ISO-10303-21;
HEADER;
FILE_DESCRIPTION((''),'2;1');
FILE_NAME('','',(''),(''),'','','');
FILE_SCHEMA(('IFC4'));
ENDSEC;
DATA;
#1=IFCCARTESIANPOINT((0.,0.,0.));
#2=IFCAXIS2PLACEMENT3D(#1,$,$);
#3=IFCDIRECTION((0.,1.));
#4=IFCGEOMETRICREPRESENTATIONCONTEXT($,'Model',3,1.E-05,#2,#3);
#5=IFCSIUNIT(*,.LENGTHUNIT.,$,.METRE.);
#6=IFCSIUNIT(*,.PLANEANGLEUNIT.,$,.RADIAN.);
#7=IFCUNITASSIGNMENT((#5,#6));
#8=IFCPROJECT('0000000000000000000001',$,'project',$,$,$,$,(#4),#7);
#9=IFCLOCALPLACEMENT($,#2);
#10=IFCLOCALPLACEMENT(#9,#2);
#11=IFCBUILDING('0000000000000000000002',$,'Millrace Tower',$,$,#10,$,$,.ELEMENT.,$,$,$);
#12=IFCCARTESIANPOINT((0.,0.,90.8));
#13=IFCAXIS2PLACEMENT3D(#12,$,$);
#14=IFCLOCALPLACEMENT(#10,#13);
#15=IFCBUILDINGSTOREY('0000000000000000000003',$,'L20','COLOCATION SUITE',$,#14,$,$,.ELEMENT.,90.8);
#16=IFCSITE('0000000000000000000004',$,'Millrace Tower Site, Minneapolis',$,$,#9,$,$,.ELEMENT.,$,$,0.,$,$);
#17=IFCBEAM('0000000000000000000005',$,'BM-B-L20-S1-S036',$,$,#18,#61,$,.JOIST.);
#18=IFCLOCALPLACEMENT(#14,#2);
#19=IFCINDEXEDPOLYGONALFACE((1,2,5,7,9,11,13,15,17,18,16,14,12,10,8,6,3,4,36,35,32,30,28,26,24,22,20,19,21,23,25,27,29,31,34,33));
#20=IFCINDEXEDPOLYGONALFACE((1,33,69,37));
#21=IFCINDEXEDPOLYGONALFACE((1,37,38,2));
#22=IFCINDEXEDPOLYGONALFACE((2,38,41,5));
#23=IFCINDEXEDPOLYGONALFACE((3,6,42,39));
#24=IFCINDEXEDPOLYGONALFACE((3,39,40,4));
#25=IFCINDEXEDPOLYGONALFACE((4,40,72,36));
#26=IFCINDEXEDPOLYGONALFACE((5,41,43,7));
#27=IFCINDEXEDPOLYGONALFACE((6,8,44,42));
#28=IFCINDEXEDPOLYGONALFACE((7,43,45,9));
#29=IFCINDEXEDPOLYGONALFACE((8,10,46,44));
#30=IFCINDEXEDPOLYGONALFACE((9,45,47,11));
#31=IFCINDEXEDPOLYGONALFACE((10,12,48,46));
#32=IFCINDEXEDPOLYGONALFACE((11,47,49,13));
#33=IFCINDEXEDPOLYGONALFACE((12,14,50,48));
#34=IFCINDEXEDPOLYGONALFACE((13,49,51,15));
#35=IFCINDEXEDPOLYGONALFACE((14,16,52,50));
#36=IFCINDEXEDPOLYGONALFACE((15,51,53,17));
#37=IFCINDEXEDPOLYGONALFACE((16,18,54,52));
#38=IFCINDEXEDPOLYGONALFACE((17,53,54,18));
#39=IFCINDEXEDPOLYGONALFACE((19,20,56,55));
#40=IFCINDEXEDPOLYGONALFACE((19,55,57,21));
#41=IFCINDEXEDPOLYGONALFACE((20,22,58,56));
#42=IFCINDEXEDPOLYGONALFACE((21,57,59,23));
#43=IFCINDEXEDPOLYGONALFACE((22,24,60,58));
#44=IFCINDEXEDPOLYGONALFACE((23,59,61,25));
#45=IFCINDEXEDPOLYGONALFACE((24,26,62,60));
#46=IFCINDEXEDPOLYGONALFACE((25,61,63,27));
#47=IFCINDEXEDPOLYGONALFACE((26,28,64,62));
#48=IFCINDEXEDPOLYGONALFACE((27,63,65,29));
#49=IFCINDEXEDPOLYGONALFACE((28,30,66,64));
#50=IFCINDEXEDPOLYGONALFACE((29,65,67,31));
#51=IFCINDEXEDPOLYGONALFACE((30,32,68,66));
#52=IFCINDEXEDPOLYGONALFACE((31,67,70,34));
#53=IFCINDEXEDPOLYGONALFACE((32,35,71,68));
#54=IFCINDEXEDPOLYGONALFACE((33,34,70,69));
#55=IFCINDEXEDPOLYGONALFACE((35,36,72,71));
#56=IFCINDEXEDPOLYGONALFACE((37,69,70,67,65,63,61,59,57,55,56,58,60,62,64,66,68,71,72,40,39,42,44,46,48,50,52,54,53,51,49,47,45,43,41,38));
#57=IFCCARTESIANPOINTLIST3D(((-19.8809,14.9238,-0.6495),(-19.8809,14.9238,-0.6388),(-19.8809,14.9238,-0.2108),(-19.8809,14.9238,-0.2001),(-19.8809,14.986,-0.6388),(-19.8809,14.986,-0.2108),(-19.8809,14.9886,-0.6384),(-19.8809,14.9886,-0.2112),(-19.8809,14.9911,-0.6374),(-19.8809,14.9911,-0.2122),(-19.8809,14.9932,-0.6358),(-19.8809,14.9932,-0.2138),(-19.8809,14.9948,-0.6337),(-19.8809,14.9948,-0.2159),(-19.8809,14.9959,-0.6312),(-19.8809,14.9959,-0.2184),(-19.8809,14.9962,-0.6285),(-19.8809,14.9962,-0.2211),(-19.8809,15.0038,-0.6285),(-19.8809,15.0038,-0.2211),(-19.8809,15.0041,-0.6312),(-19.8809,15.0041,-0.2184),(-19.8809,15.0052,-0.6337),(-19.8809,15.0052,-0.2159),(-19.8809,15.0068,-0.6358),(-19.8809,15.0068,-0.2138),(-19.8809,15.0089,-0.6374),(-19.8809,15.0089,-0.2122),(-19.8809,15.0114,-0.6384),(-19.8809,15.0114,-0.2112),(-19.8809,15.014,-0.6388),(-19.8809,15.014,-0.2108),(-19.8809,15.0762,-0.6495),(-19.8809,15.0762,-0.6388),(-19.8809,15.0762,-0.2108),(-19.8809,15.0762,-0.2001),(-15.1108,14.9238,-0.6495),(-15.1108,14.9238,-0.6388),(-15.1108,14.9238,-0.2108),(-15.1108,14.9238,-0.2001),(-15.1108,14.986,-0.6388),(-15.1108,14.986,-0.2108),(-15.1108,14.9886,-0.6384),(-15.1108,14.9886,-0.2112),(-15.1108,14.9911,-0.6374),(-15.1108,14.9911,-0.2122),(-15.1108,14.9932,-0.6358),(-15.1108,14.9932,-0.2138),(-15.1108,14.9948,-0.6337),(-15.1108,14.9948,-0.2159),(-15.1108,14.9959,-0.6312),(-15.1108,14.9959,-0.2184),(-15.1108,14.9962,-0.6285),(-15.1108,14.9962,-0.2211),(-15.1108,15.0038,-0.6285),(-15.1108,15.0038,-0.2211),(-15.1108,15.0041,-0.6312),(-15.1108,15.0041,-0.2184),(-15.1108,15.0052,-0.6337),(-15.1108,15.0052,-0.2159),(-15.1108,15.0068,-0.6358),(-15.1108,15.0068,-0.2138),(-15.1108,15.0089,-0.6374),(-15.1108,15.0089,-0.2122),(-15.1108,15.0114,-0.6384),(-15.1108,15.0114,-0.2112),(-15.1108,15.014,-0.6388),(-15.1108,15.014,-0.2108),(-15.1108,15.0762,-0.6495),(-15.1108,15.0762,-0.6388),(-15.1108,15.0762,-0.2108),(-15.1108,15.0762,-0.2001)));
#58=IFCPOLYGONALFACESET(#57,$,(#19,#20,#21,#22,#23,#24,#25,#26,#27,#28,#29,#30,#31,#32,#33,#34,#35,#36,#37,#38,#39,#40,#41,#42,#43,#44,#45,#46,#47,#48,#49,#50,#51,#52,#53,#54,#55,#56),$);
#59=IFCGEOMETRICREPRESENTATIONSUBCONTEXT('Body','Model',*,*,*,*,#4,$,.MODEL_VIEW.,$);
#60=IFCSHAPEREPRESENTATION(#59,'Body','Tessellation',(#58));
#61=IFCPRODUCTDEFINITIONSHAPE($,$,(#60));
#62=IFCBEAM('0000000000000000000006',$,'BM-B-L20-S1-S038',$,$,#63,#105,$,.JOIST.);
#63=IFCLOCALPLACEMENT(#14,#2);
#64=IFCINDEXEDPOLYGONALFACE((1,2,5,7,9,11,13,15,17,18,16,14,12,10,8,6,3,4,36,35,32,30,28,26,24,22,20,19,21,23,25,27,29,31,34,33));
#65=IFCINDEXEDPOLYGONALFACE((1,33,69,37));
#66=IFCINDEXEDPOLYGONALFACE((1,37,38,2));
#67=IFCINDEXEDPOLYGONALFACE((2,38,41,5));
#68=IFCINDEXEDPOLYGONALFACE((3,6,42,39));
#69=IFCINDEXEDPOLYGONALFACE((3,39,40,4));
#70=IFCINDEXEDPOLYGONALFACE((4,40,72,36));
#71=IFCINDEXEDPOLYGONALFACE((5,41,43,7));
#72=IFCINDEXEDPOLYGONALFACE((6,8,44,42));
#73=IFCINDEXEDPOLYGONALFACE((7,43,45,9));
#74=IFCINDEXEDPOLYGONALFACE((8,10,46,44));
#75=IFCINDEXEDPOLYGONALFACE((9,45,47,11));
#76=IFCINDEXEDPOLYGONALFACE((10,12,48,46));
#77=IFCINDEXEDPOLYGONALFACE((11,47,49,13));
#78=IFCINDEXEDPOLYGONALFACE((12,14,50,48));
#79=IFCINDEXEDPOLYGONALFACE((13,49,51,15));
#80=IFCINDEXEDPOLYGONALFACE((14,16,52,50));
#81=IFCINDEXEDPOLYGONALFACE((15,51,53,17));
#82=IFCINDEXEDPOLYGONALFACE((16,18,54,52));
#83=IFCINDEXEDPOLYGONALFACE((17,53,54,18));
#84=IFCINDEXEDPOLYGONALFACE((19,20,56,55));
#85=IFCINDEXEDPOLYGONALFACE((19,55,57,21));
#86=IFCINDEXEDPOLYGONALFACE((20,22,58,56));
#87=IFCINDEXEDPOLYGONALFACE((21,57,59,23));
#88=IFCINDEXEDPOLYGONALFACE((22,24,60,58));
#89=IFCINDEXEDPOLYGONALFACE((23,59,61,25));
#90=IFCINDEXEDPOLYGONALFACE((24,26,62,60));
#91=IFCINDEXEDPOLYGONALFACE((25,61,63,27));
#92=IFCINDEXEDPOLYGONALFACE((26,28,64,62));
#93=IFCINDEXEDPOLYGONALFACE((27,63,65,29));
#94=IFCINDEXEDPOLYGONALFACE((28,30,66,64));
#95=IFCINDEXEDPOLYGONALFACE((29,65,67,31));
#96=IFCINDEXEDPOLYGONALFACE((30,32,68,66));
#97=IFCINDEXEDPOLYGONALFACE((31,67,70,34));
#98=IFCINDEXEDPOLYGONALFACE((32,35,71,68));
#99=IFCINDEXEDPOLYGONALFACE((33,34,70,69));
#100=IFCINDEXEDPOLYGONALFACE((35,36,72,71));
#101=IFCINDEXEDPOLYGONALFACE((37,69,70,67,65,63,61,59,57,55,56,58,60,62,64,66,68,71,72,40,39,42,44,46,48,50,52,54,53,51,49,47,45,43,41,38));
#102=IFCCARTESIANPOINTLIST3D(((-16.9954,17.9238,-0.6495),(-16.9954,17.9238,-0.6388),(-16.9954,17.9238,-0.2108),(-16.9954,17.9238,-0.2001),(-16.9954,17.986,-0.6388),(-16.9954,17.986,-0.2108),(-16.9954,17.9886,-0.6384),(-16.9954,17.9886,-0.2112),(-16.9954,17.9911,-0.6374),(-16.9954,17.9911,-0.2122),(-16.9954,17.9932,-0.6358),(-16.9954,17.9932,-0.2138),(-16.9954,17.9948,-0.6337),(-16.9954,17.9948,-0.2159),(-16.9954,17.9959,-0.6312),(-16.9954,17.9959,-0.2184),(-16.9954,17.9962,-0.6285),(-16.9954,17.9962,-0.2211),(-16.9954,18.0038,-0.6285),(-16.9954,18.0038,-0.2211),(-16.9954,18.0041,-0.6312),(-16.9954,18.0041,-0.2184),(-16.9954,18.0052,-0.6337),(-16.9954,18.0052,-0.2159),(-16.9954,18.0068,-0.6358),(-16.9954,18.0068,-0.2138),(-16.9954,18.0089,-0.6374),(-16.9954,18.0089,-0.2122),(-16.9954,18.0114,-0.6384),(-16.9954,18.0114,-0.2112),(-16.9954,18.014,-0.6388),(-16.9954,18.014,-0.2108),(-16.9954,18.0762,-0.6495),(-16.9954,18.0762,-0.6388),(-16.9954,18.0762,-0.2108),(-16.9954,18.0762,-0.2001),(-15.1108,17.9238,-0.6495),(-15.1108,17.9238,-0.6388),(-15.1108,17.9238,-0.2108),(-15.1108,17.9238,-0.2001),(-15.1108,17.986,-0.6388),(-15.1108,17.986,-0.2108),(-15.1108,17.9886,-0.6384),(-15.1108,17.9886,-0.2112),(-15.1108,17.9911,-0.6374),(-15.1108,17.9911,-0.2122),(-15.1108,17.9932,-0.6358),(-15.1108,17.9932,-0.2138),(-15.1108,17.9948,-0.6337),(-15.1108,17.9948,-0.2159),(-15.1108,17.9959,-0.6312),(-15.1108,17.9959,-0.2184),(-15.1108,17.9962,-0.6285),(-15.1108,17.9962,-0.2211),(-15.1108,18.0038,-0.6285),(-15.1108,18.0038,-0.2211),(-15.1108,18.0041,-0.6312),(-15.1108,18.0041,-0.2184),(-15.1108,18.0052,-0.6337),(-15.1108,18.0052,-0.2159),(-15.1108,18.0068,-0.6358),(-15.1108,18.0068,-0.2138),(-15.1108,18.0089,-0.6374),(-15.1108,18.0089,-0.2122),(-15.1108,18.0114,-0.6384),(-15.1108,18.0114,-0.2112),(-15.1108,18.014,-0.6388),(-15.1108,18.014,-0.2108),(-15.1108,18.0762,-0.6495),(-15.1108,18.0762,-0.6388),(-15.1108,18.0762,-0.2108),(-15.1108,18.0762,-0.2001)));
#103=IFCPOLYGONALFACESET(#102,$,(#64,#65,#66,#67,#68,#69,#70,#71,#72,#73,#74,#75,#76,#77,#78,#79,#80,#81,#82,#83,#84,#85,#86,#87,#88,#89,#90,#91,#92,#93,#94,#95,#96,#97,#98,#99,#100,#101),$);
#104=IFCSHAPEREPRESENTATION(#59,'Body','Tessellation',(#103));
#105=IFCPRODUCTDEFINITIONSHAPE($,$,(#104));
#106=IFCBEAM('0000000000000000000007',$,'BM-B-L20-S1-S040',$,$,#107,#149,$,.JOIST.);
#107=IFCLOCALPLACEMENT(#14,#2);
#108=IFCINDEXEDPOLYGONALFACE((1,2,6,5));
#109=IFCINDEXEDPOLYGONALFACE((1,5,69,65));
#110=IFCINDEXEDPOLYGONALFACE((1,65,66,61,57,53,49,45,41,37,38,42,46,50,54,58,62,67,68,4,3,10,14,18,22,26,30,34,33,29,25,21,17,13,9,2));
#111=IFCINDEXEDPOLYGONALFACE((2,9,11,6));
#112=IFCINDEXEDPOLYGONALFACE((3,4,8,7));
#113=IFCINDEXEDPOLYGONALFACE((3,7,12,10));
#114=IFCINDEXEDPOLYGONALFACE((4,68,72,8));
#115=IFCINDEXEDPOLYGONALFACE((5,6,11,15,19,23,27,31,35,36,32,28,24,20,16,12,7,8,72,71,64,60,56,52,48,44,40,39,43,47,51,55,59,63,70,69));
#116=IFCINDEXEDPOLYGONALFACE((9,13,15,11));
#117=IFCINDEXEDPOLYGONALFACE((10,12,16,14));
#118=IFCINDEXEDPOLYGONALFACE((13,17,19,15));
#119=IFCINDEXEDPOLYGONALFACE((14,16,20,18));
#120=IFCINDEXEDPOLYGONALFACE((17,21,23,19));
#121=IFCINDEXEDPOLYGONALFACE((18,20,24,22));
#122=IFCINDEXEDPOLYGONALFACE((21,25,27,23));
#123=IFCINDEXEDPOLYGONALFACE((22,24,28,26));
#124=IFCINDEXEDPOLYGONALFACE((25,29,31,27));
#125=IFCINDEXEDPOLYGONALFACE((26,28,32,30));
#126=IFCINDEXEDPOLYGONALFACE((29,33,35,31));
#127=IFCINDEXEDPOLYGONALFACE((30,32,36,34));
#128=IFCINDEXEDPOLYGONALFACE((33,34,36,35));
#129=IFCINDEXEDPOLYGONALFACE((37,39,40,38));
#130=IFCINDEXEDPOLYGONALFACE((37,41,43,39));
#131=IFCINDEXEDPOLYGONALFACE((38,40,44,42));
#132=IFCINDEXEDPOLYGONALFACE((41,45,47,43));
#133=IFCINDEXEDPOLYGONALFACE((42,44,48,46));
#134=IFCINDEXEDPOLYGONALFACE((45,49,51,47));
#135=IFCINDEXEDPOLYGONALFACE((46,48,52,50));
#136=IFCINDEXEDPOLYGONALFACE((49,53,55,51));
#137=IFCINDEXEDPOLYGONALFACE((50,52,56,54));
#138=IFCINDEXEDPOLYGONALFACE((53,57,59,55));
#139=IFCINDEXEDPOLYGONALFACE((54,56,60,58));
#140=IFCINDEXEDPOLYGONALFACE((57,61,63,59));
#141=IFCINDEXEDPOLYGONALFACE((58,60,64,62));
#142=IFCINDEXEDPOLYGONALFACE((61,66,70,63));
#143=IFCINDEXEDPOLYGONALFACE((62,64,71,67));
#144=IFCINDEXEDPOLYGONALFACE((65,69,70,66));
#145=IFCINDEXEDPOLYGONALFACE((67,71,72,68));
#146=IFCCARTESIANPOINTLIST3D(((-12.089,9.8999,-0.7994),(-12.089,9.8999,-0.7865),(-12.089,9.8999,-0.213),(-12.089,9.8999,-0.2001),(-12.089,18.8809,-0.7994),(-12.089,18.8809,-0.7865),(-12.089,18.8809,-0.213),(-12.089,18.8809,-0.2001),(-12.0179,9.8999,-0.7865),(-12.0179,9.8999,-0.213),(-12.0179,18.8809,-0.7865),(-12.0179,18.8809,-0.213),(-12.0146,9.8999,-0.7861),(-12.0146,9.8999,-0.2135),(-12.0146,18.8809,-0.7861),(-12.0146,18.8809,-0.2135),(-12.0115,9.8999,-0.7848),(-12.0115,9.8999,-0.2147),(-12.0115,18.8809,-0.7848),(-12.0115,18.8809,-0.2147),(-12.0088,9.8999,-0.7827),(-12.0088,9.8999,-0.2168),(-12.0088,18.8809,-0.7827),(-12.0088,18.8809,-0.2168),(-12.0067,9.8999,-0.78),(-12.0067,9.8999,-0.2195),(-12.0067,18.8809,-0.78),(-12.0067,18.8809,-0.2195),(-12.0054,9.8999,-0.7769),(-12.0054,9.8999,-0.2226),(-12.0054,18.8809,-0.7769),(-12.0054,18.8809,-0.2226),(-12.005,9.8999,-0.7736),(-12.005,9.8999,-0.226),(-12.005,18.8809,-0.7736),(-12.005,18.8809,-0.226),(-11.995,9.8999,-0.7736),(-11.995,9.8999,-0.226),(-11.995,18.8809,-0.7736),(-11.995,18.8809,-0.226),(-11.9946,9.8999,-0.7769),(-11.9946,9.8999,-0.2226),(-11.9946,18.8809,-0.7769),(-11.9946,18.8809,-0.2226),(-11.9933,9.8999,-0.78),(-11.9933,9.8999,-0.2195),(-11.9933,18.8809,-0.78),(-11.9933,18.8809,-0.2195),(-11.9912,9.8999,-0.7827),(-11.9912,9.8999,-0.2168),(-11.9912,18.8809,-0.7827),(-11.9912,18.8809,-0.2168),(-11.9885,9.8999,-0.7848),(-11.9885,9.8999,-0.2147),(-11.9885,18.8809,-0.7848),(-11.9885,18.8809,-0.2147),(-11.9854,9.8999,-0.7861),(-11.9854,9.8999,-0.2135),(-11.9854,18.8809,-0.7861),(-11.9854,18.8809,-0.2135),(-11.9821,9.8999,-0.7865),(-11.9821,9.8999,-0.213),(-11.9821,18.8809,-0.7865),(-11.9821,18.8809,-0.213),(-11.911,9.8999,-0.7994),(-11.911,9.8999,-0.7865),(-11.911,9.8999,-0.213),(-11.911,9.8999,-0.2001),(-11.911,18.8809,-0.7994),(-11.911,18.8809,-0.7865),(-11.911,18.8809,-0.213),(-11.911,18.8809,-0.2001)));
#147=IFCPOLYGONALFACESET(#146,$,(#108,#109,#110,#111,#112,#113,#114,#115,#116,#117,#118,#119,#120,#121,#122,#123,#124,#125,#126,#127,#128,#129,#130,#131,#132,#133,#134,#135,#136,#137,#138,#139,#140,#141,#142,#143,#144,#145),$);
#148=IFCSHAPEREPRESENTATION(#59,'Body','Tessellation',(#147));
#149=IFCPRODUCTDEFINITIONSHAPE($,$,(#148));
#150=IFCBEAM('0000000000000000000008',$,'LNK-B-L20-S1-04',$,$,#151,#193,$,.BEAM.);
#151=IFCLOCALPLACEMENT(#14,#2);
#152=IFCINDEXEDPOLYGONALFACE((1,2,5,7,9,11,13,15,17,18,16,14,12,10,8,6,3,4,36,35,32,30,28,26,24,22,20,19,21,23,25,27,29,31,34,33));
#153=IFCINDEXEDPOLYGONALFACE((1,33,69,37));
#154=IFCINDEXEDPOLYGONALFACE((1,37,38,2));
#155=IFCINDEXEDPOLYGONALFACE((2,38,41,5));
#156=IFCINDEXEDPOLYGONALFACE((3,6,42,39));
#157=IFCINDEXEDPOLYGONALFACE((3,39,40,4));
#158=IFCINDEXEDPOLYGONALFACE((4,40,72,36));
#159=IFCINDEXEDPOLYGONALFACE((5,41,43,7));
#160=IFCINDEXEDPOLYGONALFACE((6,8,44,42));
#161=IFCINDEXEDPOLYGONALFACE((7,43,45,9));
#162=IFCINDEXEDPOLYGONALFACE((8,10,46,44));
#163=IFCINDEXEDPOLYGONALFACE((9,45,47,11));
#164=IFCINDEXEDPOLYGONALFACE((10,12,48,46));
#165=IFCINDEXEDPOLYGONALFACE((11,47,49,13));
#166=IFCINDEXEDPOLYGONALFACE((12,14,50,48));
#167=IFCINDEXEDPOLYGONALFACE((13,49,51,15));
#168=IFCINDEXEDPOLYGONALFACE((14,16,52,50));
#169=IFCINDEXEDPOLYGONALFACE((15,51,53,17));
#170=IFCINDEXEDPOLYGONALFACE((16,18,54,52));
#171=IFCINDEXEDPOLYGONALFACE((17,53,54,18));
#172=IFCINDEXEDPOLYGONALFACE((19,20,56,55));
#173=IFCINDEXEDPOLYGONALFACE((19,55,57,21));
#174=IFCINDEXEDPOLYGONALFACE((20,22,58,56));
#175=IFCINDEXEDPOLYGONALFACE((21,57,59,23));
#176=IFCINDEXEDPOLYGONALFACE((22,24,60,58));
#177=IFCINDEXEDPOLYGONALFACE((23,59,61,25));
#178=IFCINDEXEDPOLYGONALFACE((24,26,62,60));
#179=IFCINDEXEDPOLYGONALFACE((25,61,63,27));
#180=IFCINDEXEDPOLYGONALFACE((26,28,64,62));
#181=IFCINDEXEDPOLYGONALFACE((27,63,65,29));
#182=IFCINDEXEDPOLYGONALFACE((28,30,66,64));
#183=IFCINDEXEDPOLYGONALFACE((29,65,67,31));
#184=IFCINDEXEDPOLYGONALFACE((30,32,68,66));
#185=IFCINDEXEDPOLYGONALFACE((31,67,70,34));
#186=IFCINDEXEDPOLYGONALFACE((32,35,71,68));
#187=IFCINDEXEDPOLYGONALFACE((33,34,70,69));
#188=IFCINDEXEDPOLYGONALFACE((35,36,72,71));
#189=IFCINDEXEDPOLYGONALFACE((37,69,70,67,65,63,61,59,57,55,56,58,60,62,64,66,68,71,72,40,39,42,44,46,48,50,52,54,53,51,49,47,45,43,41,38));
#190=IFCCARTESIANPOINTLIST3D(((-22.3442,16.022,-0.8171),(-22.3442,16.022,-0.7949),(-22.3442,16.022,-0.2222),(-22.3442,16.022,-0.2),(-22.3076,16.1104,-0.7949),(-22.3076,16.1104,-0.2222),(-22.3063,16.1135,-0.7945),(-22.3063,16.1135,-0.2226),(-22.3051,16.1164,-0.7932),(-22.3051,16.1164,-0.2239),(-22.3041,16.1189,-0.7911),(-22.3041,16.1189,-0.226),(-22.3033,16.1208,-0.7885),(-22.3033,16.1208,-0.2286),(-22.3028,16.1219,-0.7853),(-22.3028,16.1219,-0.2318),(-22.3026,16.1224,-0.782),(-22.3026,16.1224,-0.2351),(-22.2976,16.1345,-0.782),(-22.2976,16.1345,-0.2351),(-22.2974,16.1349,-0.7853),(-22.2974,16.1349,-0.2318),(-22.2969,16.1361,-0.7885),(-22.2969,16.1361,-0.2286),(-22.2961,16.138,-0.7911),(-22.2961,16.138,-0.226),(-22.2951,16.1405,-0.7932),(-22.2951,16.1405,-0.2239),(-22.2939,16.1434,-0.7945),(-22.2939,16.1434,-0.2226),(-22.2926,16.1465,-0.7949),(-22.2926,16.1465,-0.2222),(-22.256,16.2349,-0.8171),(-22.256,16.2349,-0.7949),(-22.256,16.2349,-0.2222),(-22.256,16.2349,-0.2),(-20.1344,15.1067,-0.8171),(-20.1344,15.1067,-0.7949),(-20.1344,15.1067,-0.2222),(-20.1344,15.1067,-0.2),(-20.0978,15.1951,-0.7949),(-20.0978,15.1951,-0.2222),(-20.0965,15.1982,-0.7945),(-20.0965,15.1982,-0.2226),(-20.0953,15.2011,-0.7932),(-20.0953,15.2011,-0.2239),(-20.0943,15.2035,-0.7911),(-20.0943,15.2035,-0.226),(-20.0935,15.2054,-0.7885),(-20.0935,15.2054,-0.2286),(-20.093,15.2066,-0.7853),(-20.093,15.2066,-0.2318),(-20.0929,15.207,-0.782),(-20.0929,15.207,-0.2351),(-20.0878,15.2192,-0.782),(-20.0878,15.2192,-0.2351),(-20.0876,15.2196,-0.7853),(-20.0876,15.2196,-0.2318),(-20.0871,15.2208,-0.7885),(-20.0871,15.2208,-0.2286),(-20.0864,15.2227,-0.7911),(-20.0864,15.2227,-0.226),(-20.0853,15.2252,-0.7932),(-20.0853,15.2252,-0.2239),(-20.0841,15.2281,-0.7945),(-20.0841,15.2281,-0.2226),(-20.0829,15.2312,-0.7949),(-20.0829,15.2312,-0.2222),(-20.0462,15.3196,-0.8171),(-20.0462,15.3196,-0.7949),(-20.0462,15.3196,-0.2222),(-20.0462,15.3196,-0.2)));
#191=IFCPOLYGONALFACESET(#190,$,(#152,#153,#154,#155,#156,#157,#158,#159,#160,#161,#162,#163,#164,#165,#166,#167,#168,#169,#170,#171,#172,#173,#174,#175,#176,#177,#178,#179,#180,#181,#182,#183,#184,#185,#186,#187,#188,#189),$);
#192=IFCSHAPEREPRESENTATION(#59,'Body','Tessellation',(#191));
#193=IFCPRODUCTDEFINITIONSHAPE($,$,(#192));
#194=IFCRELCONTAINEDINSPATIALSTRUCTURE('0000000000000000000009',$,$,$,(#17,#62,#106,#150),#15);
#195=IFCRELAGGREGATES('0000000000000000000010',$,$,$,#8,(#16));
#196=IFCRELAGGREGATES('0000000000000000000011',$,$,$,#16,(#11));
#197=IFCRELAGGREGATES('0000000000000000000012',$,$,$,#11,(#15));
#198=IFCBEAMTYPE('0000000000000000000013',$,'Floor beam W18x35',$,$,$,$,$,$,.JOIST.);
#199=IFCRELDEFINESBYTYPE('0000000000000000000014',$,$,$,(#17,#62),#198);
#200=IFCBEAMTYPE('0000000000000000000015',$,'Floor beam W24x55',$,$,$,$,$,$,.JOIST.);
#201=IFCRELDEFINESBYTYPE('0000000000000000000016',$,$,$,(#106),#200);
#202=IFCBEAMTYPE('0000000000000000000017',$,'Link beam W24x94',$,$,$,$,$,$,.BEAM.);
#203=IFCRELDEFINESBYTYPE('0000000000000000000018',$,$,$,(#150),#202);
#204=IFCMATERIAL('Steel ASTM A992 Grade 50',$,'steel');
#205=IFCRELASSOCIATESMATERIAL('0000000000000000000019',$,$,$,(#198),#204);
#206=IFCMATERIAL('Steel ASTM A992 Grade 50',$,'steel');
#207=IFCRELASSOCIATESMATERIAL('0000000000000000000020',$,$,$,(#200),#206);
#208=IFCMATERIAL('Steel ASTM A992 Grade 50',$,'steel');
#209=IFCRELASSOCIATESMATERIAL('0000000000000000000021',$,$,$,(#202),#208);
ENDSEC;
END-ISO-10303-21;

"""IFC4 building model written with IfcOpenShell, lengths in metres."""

from ifc_helpers import new_model, si_unit, direction, frame, origin, origin_2d, place, context, subcontext, project, spatial, i_section, extrude, material, material_profile, profile_set, type_object, element, save


model = new_model("IFC4")

# Units and contexts
model_context = context("Model", 3, precision=1e-05, world=origin(), true_north=direction((0.0, 1.0)))
body_context = subcontext(model_context, "Body", "Model", "MODEL_VIEW")
ifc_project = project(units=[si_unit("LENGTHUNIT", "METRE"), si_unit("PLANEANGLEUNIT", "RADIAN")], contexts=[model_context])

# Site, building, storey
site_placement = place(None, origin())
site = spatial("IfcSite", under=ifc_project, at=site_placement, Name="Millrace Tower Site, Minneapolis", CompositionType="ELEMENT", RefElevation=0.0)
building_placement = place(site_placement, origin())
building = spatial("IfcBuilding", under=site, at=building_placement, Name="Millrace Tower", CompositionType="ELEMENT")
storey_placement = place(building_placement, frame((0.0, 0.0, 90.8)))
storey = spatial("IfcBuildingStorey", under=building, at=storey_placement, Name="L20", Description="COLOCATION SUITE", CompositionType="ELEMENT", Elevation=90.8)

# Beams
ifc_material_1 = material(Name="Steel ASTM A992 Grade 50", Category="steel")
ifc_material_profile_1 = material_profile(ifc_material_1, i_section(OverallWidth=0.1523, OverallDepth=0.4495, WebThickness=0.0076, FlangeThickness=0.0107, FilletRadius=0.0103, at=origin_2d()))
ifc_profile_set_1 = profile_set([ifc_material_profile_1], Name="Steel ASTM A992 Grade 50")
beam_type_1 = type_object("IfcBeamType", Name="Floor beam W18x35", PredefinedType="JOIST", material=ifc_profile_set_1)
for number, where, z_axis, x_axis, name in (
    (1, (-19.8809, 15.0, -0.4248), (1.0, 0.0, 0.0), (0.0, 1.0, 0.0), "BM-B-L20-S1-S036"),
):
    element("IfcBeam", number, at=place(storey_placement, frame(where, z_axis=z_axis, x_axis=x_axis)), inside=storey, type_object=beam_type_1, Name=name, PredefinedType="JOIST", context=body_context, shape_type="SweptSolid", body=[
        extrude(i_section(OverallWidth=0.1523, OverallDepth=0.4495, WebThickness=0.0076, FlangeThickness=0.0107, FilletRadius=0.0103, at=origin_2d()), origin(), (0.0, 0.0, 1.0), 4.77),
    ])
beam_1_placement = place(storey_placement, frame((-16.9954, 18.0, -0.4248), z_axis=(1.0, 0.0, 0.0), x_axis=(0.0, 1.0, 0.0)))
element("IfcBeam", 2, at=beam_1_placement, inside=storey, type_object=beam_type_1, Name="BM-B-L20-S1-S038", PredefinedType="JOIST", context=body_context, shape_type="SweptSolid", body=[
    extrude(i_section(OverallWidth=0.1523, OverallDepth=0.4495, WebThickness=0.0076, FlangeThickness=0.0107, FilletRadius=0.0103, at=origin_2d()), origin(), (0.0, 0.0, 1.0), 1.8845),
])
ifc_material_2 = material(Name="Steel ASTM A992 Grade 50", Category="steel")
ifc_material_profile_2 = material_profile(ifc_material_2, i_section(OverallWidth=0.178, OverallDepth=0.5994, WebThickness=0.01, FlangeThickness=0.0129, FilletRadius=0.0129, at=origin_2d()))
ifc_profile_set_2 = profile_set([ifc_material_profile_2], Name="Steel ASTM A992 Grade 50")
beam_type_2 = type_object("IfcBeamType", Name="Floor beam W24x55", PredefinedType="JOIST", material=ifc_profile_set_2)
beam_2_placement = place(storey_placement, frame((-12.0, 9.8999, -0.4998), z_axis=(0.0, 1.0, 0.0), x_axis=(-1.0, 0.0, 0.0)))
element("IfcBeam", 3, at=beam_2_placement, inside=storey, type_object=beam_type_2, Name="BM-B-L20-S1-S040", PredefinedType="JOIST", context=body_context, shape_type="SweptSolid", body=[
    extrude(i_section(OverallWidth=0.178, OverallDepth=0.5994, WebThickness=0.01, FlangeThickness=0.0129, FilletRadius=0.0129, at=origin_2d()), origin(), (0.0, 0.0, 1.0), 8.981),
])
ifc_material_3 = material(Name="Steel ASTM A992 Grade 50", Category="steel")
ifc_material_profile_3 = material_profile(ifc_material_3, i_section(OverallWidth=0.2305, OverallDepth=0.6172, WebThickness=0.0132, FlangeThickness=0.0222, FilletRadius=0.0129, at=origin_2d()))
ifc_profile_set_3 = profile_set([ifc_material_profile_3], Name="Steel ASTM A992 Grade 50")
beam_type_3 = type_object("IfcBeamType", Name="Link beam W24x94", PredefinedType="BEAM", material=ifc_profile_set_3)
for number, where, z_axis, x_axis, name in (
    (4, (-20.0903, 15.2131, -0.5085), (-0.923881, 0.382679, 0.0), (-0.382679, -0.923881, 0.0), "LNK-B-L20-S1-04"),
):
    element("IfcBeam", number, at=place(storey_placement, frame(where, z_axis=z_axis, x_axis=x_axis)), inside=storey, type_object=beam_type_3, Name=name, PredefinedType="BEAM", context=body_context, shape_type="SweptSolid", body=[
        extrude(i_section(OverallWidth=0.2305, OverallDepth=0.6172, WebThickness=0.0132, FlangeThickness=0.0222, FilletRadius=0.0129, at=origin_2d()), origin(), (0.0, 0.0, 1.0), 2.3918),
    ])

save(model, "model.ifc")
